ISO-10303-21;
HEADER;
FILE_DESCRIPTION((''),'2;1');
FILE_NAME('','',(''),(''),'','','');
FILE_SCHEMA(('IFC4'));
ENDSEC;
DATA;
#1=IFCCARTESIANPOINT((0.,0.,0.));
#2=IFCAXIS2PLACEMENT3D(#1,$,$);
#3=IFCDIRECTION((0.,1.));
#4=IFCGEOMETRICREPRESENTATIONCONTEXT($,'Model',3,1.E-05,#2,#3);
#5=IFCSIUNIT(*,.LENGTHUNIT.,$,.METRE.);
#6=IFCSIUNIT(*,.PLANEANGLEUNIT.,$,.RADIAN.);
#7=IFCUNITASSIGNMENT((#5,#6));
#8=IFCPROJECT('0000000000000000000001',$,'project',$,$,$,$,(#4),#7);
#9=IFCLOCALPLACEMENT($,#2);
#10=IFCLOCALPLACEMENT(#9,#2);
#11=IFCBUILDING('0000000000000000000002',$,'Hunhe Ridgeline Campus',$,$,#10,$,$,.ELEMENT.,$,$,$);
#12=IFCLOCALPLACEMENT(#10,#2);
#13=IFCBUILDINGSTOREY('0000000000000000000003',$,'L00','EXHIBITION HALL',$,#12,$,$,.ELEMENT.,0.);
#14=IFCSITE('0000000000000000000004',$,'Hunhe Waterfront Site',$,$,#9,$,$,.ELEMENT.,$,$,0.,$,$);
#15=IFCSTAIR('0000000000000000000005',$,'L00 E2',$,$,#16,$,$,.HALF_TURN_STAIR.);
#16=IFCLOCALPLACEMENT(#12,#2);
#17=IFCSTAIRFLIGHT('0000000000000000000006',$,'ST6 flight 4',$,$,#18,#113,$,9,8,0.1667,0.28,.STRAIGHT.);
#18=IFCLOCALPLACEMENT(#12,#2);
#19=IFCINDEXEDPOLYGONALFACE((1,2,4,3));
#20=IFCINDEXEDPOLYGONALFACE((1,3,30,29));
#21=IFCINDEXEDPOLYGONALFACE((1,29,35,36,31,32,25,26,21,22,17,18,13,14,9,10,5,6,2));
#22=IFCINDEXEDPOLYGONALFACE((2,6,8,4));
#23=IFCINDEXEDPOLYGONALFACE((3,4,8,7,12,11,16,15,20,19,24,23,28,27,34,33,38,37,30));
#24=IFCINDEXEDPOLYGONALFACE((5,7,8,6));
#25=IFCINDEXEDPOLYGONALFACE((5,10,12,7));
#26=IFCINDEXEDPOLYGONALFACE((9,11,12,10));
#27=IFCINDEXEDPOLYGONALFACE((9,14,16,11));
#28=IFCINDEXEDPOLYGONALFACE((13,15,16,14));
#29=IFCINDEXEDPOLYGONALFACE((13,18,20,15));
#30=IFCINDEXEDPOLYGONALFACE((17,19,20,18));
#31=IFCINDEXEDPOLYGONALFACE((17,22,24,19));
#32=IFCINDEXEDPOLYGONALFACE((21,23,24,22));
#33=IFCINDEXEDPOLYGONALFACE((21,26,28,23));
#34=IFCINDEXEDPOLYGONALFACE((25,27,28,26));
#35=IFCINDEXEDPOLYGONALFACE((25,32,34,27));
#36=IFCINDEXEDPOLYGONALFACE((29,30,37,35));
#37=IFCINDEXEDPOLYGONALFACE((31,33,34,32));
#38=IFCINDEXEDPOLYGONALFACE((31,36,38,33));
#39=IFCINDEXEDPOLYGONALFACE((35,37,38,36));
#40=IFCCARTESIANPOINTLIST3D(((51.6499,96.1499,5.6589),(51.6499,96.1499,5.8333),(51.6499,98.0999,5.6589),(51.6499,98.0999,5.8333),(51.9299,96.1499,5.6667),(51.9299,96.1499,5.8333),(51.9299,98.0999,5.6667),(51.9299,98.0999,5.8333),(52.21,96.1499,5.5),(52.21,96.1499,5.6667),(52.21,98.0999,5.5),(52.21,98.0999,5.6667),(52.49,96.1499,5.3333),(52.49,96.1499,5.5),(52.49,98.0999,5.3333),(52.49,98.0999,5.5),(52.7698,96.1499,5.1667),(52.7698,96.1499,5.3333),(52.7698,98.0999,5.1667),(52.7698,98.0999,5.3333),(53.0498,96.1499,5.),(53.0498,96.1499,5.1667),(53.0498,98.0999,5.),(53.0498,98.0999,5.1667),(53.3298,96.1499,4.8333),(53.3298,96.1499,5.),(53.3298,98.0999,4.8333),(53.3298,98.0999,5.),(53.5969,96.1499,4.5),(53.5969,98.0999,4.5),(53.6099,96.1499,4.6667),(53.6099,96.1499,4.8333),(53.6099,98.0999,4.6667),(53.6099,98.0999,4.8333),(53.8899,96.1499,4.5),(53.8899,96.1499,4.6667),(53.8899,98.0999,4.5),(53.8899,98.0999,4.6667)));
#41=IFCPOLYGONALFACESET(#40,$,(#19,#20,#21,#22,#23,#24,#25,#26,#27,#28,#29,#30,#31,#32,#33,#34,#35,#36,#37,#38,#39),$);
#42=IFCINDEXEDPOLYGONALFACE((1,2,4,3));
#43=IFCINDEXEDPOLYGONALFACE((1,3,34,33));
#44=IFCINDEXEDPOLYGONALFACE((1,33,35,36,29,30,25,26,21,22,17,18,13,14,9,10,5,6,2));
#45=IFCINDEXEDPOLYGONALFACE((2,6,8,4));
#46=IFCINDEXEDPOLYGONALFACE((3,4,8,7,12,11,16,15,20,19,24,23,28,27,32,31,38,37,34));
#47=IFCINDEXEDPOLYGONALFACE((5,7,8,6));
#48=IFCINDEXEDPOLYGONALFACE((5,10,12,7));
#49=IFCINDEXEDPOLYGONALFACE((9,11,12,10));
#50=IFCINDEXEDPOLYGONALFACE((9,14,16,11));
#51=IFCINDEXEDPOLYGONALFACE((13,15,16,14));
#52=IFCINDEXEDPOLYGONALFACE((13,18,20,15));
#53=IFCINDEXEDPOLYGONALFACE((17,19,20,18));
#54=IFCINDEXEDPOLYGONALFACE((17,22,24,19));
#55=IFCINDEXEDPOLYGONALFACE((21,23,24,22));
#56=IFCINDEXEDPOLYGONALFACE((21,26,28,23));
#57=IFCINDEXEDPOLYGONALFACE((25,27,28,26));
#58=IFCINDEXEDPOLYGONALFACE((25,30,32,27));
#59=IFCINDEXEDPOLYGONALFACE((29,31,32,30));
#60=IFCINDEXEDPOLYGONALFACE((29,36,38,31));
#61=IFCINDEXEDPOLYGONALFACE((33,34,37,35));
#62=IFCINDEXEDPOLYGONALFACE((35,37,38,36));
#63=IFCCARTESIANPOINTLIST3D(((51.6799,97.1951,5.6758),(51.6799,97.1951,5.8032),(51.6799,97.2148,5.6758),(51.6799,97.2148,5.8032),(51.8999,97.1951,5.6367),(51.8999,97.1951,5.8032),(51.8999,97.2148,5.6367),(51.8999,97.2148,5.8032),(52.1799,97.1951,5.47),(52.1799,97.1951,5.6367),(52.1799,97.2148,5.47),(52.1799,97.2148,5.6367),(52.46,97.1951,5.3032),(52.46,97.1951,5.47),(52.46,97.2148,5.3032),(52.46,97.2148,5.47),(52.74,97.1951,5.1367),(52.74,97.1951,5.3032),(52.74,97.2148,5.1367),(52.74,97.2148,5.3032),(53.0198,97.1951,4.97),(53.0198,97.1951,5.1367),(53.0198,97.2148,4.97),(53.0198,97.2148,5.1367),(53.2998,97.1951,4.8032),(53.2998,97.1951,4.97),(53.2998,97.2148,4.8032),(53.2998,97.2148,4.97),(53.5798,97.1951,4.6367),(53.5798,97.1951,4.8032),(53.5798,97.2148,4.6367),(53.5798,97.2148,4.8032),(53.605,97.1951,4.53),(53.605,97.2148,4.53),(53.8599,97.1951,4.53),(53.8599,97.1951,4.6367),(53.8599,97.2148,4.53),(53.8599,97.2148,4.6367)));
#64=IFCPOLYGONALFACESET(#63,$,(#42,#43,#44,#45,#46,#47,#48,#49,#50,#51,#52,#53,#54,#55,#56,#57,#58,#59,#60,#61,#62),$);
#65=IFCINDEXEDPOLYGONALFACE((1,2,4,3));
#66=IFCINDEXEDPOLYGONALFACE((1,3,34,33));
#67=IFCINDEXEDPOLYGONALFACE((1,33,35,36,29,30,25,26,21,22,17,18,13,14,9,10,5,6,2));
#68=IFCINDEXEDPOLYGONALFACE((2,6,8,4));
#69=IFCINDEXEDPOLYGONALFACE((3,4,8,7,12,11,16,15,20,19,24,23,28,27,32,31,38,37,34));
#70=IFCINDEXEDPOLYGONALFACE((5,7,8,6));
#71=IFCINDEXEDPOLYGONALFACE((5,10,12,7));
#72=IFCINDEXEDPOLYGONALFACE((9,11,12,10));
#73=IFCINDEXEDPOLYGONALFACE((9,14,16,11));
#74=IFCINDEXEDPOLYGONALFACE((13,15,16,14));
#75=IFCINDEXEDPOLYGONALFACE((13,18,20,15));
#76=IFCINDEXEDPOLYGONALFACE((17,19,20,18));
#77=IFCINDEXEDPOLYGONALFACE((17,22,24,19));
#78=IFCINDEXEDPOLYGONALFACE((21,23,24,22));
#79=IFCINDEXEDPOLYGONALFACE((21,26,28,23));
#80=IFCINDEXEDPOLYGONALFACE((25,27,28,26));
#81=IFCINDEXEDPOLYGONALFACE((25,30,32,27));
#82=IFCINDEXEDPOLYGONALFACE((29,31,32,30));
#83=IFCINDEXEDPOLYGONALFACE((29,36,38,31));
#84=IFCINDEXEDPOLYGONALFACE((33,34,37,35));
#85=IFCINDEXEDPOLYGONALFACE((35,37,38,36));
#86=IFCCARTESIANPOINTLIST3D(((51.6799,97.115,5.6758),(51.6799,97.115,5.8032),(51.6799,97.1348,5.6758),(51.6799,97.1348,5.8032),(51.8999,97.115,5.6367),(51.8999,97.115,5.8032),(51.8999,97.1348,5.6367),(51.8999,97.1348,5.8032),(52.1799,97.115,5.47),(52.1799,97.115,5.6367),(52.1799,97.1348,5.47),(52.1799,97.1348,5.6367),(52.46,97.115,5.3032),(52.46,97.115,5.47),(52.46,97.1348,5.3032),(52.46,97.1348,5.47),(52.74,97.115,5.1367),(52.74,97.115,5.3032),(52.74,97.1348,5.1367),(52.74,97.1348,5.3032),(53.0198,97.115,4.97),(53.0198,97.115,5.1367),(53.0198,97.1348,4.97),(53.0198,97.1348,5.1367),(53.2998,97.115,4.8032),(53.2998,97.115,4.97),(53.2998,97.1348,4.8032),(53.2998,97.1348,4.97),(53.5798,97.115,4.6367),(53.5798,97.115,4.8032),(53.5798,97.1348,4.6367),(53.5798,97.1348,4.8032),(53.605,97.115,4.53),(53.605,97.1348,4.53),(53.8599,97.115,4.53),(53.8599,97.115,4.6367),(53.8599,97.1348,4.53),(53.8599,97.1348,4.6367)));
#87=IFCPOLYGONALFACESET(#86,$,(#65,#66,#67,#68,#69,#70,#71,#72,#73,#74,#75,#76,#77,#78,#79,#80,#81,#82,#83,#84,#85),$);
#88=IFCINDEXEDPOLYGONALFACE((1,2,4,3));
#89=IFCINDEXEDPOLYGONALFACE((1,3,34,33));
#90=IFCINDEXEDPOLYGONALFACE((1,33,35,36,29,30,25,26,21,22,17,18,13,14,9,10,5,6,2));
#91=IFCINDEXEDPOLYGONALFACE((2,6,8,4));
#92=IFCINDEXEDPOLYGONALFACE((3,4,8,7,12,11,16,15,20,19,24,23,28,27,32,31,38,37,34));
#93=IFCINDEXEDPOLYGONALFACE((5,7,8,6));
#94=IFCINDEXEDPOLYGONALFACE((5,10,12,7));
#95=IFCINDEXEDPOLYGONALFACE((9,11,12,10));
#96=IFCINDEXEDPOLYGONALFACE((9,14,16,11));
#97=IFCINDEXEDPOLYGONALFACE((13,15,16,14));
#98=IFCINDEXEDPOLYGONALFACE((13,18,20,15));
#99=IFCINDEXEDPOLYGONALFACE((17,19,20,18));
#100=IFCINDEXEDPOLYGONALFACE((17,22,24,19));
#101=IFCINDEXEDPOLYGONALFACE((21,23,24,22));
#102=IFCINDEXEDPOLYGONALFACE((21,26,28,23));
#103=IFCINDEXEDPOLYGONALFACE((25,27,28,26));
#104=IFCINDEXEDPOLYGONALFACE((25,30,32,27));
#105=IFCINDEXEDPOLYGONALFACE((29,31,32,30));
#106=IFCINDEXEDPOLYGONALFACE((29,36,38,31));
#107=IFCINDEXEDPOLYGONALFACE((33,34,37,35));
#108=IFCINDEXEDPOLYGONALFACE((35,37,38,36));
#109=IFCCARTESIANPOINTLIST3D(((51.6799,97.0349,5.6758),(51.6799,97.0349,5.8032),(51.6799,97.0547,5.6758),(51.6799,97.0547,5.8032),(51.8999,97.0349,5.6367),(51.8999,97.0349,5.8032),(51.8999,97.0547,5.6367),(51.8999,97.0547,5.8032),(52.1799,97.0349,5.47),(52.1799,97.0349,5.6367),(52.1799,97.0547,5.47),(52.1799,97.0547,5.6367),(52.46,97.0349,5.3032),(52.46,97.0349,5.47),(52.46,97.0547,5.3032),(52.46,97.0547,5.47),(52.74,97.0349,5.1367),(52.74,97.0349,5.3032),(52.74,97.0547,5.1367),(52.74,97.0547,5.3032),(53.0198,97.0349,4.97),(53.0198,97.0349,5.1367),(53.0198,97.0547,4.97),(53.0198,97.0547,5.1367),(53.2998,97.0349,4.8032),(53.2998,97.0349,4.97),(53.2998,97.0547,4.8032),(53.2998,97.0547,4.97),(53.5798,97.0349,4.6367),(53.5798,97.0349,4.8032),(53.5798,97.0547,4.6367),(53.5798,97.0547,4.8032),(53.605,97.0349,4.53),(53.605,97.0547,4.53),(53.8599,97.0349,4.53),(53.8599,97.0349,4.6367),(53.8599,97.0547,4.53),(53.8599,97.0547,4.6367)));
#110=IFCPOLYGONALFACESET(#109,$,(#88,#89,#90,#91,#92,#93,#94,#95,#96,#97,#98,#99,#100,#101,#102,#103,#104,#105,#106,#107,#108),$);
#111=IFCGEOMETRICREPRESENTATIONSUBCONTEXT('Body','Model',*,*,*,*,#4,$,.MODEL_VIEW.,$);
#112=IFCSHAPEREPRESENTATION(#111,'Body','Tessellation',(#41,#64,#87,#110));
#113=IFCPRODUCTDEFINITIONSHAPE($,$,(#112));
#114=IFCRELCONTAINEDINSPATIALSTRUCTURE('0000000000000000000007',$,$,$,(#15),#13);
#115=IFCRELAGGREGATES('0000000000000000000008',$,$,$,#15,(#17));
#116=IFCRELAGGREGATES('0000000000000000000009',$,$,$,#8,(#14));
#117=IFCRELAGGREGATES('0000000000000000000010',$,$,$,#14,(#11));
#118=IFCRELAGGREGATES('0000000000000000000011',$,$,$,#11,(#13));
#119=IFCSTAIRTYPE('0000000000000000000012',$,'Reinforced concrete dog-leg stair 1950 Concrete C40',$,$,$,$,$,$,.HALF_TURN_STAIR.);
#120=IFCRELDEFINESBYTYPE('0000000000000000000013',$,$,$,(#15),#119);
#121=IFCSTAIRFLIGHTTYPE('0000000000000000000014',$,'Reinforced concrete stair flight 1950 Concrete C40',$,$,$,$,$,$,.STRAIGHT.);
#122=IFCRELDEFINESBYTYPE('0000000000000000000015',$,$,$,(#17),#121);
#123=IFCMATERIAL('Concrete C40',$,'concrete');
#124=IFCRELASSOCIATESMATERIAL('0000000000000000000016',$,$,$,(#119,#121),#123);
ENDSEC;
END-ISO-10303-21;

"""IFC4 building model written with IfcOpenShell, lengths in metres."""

from ifc_helpers import new_model, si_unit, direction, frame, origin, place, context, subcontext, project, spatial, polyline, outline, extrude, material, type_object, element, aggregate, save


model = new_model("IFC4")

# Units and contexts
model_context = context("Model", 3, precision=1e-05, world=origin(), true_north=direction((0.0, 1.0)))
body_context = subcontext(model_context, "Body", "Model", "MODEL_VIEW")
ifc_project = project(units=[si_unit("LENGTHUNIT", "METRE"), si_unit("PLANEANGLEUNIT", "RADIAN")], contexts=[model_context])

# Site, building, storey
site_placement = place(None, origin())
site = spatial("IfcSite", under=ifc_project, at=site_placement, Name="Hunhe Waterfront Site", CompositionType="ELEMENT", RefElevation=0.0)
building_placement = place(site_placement, origin())
building = spatial("IfcBuilding", under=site, at=building_placement, Name="Hunhe Ridgeline Campus", CompositionType="ELEMENT")
storey_placement = place(building_placement, origin())
storey = spatial("IfcBuildingStorey", under=building, at=storey_placement, Name="L00", Description="EXHIBITION HALL", CompositionType="ELEMENT", Elevation=0.0)

# Stair, stair flight
ifc_material_1 = material(Name="Concrete C40", Category="concrete")
stair_type = type_object("IfcStairType", Name="Reinforced concrete dog-leg stair 1950 Concrete C40", PredefinedType="HALF_TURN_STAIR", material=ifc_material_1)
stair_1_placement = place(storey_placement, origin())
stair_1 = element("IfcStair", 1, at=stair_1_placement, inside=storey, type_object=stair_type, Name="L00 E2", PredefinedType="HALF_TURN_STAIR")
stair_flight_type = type_object("IfcStairFlightType", Name="Reinforced concrete stair flight 1950 Concrete C40", PredefinedType="STRAIGHT", material=ifc_material_1)
stair_flight_1_placement = place(storey_placement, frame((53.8899, 97.125, 4.5), z_axis=(0.0, 0.0, 1.0), x_axis=(-1.0, 0.0, 0.0)))
stair_flight_1 = element("IfcStairFlight", 2, at=stair_flight_1_placement, type_object=stair_flight_type, Name="ST6 flight 4", NumberOfRisers=9, NumberOfTreads=8, PredefinedType="STRAIGHT", RiserHeight=0.1667, TreadLength=0.28, context=body_context, shape_type="SweptSolid", body=[
    extrude(outline(polyline([(0.0, 0.0), (0.0, 0.1667), (0.28, 0.1667), (0.28, 0.3333), (0.5601, 0.3333), (0.5601, 0.5), (0.8401, 0.5), (0.8401, 0.6667), (1.1201, 0.6667), (1.1201, 0.8333), (1.3999, 0.8333), (1.3999, 1.0), (1.6799, 1.0), (1.6799, 1.1667), (1.96, 1.1667), (1.96, 1.3333), (2.24, 1.3333), (2.24, 1.5), (2.24, 1.1589), (0.293, 0.0), (0.0, 0.0)])), frame((0.0, 0.9751, 0.0), z_axis=(0.0, -1.0, 0.0), x_axis=(1.0, 0.0, 0.0)), (0.0, 0.0, 1.0), 1.95),
    extrude(outline(polyline([(0.03, 0.03), (0.03, 0.1367), (0.3101, 0.1367), (0.3101, 0.3032), (0.5901, 0.3032), (0.5901, 0.47), (0.8701, 0.47), (0.8701, 0.6367), (1.1499, 0.6367), (1.1499, 0.8032), (1.4299, 0.8032), (1.4299, 0.97), (1.71, 0.97), (1.71, 1.1367), (1.99, 1.1367), (1.99, 1.3032), (2.21, 1.3032), (2.21, 1.1758), (0.2849, 0.03), (0.03, 0.03)])), frame((0.0, -0.0701, 0.0), z_axis=(0.0, -1.0, 0.0), x_axis=(1.0, 0.0, 0.0)), (0.0, 0.0, 1.0), 0.0198),
    extrude(outline(polyline([(0.03, 0.03), (0.03, 0.1367), (0.3101, 0.1367), (0.3101, 0.3032), (0.5901, 0.3032), (0.5901, 0.47), (0.8701, 0.47), (0.8701, 0.6367), (1.1499, 0.6367), (1.1499, 0.8032), (1.4299, 0.8032), (1.4299, 0.97), (1.71, 0.97), (1.71, 1.1367), (1.99, 1.1367), (1.99, 1.3032), (2.21, 1.3032), (2.21, 1.1758), (0.2849, 0.03), (0.03, 0.03)])), frame((0.0, 0.01, 0.0), z_axis=(0.0, -1.0, 0.0), x_axis=(1.0, 0.0, 0.0)), (0.0, 0.0, 1.0), 0.0198),
    extrude(outline(polyline([(0.03, 0.03), (0.03, 0.1367), (0.3101, 0.1367), (0.3101, 0.3032), (0.5901, 0.3032), (0.5901, 0.47), (0.8701, 0.47), (0.8701, 0.6367), (1.1499, 0.6367), (1.1499, 0.8032), (1.4299, 0.8032), (1.4299, 0.97), (1.71, 0.97), (1.71, 1.1367), (1.99, 1.1367), (1.99, 1.3032), (2.21, 1.3032), (2.21, 1.1758), (0.2849, 0.03), (0.03, 0.03)])), frame((0.0, 0.0901, 0.0), z_axis=(0.0, -1.0, 0.0), x_axis=(1.0, 0.0, 0.0)), (0.0, 0.0, 1.0), 0.0198),
])
aggregate(stair_1, [stair_flight_1])

save(model, "model.ifc")
